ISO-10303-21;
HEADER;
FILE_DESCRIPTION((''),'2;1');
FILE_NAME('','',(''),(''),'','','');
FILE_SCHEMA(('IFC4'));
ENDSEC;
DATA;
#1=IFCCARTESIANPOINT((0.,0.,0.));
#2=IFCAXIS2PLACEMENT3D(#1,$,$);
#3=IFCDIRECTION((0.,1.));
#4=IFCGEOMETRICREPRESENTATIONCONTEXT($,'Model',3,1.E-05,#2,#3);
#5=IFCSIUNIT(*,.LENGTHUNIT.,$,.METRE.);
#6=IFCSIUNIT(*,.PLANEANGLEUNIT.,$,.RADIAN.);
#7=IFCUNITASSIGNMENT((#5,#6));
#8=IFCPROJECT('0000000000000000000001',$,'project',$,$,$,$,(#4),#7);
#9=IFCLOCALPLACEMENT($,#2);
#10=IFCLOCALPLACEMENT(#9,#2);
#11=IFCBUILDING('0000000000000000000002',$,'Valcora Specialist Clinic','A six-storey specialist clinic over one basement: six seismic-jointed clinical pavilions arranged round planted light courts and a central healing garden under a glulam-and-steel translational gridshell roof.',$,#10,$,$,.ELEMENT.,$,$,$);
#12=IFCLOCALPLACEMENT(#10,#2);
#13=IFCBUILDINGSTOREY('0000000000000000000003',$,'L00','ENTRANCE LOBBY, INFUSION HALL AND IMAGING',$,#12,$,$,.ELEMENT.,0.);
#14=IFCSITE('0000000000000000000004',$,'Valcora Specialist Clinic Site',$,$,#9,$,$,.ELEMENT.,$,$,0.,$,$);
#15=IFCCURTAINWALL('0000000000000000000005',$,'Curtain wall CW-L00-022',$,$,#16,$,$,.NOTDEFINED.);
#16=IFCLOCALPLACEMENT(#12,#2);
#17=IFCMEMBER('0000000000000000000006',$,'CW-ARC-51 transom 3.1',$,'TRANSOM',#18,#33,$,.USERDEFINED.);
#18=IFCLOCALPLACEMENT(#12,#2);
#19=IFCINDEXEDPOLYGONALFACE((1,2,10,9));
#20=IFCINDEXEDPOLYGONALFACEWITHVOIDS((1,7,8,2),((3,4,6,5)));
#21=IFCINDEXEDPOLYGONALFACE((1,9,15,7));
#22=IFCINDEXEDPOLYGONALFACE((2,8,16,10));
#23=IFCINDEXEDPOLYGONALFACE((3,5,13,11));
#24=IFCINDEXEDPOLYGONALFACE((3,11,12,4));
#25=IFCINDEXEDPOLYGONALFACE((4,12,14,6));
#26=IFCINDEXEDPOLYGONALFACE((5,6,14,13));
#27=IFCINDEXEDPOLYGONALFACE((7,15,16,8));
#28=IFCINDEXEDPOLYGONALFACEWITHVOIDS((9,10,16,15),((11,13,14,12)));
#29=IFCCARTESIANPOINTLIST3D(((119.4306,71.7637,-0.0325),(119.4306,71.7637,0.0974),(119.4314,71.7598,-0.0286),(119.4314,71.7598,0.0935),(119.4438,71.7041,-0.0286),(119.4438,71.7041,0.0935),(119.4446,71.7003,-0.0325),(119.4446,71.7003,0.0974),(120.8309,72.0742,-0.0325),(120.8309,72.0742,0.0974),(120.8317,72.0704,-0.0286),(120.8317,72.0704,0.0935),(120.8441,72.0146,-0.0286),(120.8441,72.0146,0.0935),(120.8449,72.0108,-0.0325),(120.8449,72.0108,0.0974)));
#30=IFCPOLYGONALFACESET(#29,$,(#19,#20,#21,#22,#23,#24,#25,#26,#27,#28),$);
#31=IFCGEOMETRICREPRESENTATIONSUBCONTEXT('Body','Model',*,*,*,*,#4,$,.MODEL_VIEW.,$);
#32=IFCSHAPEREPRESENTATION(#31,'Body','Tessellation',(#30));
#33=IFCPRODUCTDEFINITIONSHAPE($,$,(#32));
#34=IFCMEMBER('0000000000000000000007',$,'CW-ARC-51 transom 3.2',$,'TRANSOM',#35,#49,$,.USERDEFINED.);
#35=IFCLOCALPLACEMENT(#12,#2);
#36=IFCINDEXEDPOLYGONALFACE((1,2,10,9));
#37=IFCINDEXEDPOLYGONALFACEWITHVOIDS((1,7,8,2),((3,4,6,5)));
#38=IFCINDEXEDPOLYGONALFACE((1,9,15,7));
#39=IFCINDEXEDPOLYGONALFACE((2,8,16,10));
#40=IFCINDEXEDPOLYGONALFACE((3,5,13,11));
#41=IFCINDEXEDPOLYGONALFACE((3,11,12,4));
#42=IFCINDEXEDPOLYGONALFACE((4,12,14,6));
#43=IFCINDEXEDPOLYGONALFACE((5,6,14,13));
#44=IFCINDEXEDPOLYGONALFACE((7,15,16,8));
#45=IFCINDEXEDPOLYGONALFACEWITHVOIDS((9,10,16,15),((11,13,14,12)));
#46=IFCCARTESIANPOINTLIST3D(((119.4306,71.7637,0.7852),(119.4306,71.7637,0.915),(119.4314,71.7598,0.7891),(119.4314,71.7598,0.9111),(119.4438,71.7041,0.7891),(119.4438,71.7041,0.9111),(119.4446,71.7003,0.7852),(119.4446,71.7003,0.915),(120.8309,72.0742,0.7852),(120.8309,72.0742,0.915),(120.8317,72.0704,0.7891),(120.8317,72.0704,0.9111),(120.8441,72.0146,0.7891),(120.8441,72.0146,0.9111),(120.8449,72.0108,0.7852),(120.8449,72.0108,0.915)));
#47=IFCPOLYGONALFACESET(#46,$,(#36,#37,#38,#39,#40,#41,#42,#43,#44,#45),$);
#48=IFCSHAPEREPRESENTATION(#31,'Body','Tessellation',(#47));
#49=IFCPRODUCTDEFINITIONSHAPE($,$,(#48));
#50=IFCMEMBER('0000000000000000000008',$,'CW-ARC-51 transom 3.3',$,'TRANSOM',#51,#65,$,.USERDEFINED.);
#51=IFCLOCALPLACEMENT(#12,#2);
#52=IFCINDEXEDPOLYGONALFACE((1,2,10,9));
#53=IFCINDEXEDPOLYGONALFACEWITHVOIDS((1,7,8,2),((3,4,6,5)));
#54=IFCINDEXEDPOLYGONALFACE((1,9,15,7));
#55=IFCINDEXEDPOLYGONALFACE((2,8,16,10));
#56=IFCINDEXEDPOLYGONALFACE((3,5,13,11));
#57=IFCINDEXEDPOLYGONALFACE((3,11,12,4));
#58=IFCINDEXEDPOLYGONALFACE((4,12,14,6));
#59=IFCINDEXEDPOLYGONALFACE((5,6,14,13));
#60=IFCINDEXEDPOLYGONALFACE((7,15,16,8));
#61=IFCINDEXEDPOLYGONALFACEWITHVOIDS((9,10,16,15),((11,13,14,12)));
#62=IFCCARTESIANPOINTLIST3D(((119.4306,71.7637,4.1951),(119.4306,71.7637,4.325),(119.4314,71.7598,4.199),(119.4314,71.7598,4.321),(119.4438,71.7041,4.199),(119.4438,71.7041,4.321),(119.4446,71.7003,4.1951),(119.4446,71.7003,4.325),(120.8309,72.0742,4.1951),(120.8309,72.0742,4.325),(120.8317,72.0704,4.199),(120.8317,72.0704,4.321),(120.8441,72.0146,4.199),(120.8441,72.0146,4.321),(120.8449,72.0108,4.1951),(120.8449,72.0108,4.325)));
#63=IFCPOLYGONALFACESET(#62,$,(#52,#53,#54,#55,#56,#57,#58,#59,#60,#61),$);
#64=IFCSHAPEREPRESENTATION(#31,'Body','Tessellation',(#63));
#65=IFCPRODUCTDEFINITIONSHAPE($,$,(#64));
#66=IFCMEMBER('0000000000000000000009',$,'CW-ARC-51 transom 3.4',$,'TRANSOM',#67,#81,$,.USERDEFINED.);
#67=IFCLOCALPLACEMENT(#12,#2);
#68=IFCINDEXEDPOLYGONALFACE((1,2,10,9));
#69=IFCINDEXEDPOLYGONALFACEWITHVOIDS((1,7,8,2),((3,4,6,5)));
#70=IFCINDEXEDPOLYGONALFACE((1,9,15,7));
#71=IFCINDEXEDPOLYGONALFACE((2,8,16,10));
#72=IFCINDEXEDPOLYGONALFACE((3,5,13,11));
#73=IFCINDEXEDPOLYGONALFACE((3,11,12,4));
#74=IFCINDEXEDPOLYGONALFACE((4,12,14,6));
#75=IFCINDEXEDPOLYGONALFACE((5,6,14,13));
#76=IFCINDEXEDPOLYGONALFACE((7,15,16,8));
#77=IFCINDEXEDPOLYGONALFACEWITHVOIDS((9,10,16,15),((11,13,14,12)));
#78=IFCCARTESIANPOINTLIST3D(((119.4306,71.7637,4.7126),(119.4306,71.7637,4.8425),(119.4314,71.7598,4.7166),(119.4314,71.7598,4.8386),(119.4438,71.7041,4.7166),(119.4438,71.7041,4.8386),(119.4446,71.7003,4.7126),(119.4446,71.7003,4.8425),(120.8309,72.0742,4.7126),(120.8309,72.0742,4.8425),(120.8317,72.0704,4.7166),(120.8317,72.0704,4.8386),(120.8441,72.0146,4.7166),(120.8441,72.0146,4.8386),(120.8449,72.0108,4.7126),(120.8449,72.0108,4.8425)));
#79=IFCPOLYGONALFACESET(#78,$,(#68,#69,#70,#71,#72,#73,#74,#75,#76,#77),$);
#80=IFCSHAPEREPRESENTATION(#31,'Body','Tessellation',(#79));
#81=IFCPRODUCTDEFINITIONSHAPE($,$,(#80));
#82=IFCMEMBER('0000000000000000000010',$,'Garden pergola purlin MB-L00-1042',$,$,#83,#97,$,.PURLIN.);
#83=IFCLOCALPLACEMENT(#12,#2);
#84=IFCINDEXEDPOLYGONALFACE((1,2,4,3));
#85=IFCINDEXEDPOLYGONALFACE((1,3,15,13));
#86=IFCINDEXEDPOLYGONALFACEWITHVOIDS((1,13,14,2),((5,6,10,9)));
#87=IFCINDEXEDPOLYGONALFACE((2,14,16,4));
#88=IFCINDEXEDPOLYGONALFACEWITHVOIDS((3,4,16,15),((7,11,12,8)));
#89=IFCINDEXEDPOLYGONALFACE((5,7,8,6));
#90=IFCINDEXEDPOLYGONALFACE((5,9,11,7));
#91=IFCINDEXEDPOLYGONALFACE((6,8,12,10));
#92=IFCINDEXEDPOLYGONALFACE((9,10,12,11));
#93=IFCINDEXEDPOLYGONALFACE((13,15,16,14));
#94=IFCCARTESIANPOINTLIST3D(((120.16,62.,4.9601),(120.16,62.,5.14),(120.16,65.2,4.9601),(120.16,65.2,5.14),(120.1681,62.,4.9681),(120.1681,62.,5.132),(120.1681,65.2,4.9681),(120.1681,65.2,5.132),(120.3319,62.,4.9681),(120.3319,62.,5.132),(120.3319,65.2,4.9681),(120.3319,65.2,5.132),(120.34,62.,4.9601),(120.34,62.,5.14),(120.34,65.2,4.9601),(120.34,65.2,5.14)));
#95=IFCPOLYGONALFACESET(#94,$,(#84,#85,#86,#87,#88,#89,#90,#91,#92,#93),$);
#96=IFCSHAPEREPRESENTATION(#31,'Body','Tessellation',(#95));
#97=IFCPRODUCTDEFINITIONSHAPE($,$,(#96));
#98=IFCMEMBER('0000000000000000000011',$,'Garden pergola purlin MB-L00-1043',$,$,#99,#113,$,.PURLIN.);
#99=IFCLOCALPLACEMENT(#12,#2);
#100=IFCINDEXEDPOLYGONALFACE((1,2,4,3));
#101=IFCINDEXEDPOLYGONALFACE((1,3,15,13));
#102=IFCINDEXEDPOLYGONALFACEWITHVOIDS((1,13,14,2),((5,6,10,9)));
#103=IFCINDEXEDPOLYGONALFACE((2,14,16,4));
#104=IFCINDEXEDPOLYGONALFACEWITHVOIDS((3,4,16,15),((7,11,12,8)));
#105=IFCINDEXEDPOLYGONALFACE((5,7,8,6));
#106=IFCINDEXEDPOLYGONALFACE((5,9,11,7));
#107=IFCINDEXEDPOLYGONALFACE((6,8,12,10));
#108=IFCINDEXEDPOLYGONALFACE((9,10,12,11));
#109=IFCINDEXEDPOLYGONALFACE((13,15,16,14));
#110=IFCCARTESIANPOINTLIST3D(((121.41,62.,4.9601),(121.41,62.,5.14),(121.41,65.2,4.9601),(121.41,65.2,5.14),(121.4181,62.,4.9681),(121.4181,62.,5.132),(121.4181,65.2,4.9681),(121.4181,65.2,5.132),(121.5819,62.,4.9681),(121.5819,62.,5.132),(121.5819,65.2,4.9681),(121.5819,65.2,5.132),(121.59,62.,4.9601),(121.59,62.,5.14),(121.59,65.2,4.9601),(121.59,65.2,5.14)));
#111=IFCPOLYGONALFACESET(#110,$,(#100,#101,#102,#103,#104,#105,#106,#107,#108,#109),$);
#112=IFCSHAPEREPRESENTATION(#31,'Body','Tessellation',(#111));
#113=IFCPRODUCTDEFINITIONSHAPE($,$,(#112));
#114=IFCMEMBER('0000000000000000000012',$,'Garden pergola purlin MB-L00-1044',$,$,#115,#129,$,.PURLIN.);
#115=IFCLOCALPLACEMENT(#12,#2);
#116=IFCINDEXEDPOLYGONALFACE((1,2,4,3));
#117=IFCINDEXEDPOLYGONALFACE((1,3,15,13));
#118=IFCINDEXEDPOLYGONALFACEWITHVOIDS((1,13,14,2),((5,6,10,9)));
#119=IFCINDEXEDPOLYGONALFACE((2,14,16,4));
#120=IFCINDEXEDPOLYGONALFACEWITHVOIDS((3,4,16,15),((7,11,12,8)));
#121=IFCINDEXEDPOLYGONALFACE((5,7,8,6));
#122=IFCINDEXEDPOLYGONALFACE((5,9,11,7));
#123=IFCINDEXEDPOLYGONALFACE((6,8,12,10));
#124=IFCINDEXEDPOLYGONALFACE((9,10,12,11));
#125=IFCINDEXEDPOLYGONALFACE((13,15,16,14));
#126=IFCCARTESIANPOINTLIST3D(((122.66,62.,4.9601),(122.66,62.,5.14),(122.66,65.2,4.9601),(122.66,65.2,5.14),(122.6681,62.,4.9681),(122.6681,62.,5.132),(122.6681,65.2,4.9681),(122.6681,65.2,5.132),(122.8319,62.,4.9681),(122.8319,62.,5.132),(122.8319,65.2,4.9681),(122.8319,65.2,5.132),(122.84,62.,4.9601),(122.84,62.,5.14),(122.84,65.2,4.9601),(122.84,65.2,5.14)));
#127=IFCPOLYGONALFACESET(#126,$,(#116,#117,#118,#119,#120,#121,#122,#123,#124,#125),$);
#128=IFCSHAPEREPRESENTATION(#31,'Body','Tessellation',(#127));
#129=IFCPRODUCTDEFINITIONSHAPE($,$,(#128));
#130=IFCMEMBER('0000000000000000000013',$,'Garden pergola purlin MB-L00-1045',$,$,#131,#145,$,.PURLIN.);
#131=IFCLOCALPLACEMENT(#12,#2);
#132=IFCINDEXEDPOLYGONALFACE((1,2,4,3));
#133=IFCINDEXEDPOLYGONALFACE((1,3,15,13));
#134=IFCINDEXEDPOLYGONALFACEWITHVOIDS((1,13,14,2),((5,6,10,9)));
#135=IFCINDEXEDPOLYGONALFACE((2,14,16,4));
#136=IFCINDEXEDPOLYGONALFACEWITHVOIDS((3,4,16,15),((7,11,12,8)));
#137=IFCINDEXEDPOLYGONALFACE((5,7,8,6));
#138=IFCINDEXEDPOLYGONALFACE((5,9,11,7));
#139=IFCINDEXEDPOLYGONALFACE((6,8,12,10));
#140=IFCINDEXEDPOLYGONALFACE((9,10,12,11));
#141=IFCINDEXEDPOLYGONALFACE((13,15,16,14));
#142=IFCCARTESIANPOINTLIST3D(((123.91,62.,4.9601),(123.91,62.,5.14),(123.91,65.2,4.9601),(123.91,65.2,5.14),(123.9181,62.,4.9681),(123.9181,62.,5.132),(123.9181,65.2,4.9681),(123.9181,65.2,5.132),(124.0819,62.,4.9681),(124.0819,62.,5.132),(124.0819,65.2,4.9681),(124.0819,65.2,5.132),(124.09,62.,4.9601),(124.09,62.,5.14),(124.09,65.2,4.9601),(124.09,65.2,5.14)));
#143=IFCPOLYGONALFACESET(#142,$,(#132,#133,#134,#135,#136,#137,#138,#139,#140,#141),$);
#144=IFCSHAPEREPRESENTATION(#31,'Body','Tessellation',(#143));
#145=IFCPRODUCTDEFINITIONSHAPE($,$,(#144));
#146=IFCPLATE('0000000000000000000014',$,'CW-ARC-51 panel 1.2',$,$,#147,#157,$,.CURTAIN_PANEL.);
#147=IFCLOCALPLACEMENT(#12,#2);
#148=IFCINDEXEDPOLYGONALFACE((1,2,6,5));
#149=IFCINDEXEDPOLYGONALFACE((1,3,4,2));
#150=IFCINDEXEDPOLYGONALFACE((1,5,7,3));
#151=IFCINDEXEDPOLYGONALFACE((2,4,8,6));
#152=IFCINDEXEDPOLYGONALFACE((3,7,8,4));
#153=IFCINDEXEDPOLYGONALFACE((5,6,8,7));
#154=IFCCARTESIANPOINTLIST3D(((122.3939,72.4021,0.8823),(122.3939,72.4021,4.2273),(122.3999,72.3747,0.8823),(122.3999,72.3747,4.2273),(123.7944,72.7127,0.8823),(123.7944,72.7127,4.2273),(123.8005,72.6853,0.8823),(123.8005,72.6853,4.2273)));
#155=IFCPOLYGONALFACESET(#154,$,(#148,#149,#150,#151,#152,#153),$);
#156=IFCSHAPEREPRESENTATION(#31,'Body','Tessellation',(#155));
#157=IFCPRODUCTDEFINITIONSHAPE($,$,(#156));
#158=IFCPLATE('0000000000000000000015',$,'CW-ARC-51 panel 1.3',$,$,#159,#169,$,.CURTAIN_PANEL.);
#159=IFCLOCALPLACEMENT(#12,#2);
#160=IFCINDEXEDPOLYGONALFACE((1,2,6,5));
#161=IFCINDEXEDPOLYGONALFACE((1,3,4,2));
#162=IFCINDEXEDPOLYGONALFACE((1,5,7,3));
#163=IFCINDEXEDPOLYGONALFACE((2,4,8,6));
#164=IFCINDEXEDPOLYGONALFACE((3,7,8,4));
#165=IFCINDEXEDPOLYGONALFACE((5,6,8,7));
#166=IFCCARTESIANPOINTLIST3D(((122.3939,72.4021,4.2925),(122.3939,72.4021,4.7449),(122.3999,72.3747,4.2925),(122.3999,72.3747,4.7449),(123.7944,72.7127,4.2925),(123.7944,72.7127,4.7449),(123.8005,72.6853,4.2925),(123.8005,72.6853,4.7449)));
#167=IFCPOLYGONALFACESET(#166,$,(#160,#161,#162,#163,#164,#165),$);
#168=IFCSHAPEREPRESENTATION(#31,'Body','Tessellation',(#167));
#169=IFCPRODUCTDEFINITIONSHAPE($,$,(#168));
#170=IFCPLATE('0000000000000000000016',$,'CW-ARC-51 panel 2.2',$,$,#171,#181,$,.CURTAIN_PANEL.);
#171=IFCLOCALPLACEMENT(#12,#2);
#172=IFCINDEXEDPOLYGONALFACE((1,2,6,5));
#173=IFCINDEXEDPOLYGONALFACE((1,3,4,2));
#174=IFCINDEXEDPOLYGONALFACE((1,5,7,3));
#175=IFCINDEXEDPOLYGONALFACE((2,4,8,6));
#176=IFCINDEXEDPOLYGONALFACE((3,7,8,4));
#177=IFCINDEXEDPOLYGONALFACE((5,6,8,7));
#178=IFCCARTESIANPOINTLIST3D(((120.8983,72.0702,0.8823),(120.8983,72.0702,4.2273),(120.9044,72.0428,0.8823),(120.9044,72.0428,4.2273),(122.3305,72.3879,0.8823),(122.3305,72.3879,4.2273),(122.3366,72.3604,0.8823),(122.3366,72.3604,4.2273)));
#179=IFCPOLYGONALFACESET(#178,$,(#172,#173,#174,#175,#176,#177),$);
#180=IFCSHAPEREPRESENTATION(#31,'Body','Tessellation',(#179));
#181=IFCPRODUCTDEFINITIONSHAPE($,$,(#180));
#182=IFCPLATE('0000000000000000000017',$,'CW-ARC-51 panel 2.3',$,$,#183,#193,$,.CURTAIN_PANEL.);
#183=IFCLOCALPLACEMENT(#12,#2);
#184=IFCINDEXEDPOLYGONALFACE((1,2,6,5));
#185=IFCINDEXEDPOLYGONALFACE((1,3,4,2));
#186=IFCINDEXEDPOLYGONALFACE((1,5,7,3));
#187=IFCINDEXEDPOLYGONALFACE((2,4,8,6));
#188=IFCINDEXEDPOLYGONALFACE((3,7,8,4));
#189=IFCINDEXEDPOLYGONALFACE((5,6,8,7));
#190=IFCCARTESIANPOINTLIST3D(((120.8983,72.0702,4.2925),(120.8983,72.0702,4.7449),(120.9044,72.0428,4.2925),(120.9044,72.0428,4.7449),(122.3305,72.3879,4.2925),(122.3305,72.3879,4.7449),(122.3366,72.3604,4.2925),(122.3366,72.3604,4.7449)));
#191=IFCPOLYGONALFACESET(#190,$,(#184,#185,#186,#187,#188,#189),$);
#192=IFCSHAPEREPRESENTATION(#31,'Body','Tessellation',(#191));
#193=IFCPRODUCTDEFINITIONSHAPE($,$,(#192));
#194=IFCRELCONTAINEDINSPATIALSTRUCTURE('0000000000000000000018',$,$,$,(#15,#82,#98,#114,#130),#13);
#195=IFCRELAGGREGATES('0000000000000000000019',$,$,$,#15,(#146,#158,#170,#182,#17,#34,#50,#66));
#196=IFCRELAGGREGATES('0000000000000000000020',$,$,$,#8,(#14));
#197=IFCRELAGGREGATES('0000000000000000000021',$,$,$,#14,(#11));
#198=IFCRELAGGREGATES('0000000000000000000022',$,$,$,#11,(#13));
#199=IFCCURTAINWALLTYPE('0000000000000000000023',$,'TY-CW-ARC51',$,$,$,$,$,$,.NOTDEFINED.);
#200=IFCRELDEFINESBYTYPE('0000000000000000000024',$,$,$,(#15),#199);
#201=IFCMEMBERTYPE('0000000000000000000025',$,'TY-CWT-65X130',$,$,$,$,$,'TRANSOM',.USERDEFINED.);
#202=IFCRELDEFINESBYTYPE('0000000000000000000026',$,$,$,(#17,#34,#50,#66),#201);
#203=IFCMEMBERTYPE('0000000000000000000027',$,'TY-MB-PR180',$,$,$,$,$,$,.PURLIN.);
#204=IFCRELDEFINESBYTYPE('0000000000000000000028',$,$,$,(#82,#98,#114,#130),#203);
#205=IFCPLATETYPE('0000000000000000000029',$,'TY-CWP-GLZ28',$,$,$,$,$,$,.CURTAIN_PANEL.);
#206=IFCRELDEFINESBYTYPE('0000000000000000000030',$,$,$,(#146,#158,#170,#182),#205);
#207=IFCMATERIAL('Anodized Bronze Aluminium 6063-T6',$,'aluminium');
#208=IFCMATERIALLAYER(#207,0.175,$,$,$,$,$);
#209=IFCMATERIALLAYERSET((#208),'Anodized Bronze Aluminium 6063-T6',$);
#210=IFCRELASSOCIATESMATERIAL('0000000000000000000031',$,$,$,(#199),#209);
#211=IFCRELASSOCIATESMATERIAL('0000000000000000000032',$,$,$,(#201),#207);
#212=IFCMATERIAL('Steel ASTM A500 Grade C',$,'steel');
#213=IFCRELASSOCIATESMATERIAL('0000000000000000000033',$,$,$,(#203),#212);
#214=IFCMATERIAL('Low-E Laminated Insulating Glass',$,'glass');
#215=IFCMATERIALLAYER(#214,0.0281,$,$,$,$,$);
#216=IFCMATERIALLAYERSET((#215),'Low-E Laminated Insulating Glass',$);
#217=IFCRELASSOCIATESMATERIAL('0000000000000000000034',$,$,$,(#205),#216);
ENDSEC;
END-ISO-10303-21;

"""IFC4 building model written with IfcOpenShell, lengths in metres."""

from ifc_helpers import new_model, si_unit, direction, frame, origin, origin_2d, place, context, subcontext, project, spatial, rectangle, hollow_rectangle, extrude, material, layer, layer_set, material_profile, profile_set, type_object, element, aggregate, save


model = new_model("IFC4")

# Units and contexts
model_context = context("Model", 3, precision=1e-05, world=origin(), true_north=direction((0.0, 1.0)))
body_context = subcontext(model_context, "Body", "Model", "MODEL_VIEW")
ifc_project = project(units=[si_unit("LENGTHUNIT", "METRE"), si_unit("PLANEANGLEUNIT", "RADIAN")], contexts=[model_context])

# Site, building, storey
site_placement = place(None, origin())
site = spatial("IfcSite", under=ifc_project, at=site_placement, Name="Valcora Specialist Clinic Site", CompositionType="ELEMENT", RefElevation=0.0)
building_placement = place(site_placement, origin())
building = spatial("IfcBuilding", under=site, at=building_placement, Name="Valcora Specialist Clinic", Description="A six-storey specialist clinic over one basement: six seismic-jointed clinical pavilions arranged round planted light courts and a central healing garden under a glulam-and-steel translational gridshell roof.", CompositionType="ELEMENT")
storey_placement = place(building_placement, origin())
storey = spatial("IfcBuildingStorey", under=building, at=storey_placement, Name="L00", Description="ENTRANCE LOBBY, INFUSION HALL AND IMAGING", CompositionType="ELEMENT", Elevation=0.0)

# Curtain wall, members
ifc_material_1 = material(Name="Anodized Bronze Aluminium 6063-T6", Category="aluminium")
ifc_layer_1 = layer(ifc_material_1, 0.175)
ifc_layer_set_1 = layer_set([ifc_layer_1], Name="Anodized Bronze Aluminium 6063-T6")
curtain_wall_type = type_object("IfcCurtainWallType", Name="TY-CW-ARC51", PredefinedType="NOTDEFINED", material=ifc_layer_set_1)
curtain_wall_placement = place(storey_placement, origin())
curtain_wall = element("IfcCurtainWall", 1, at=curtain_wall_placement, inside=storey, type_object=curtain_wall_type, Name="Curtain wall CW-L00-022", PredefinedType="NOTDEFINED")
ifc_material_profile_1 = material_profile(ifc_material_1, hollow_rectangle(XDim=0.0649, YDim=0.1299, WallThickness=0.0039, at=origin_2d()), Name="AL-TRN-65X130")
ifc_profile_set_1 = profile_set([ifc_material_profile_1], Name="Anodized Bronze Aluminium 6063-T6")
member_type_1 = type_object("IfcMemberType", Name="TY-CWT-65X130", ElementType="TRANSOM", PredefinedType="USERDEFINED", material=ifc_profile_set_1)
member_1_placement = place(storey_placement, frame((120.8379, 72.0425, 0.0325), z_axis=(-0.976283, -0.216498, 0.0), x_axis=(0.216498, -0.976283, 0.0)))
member_1 = element("IfcMember", 2, at=member_1_placement, type_object=member_type_1, Name="CW-ARC-51 transom 3.1", ObjectType="TRANSOM", PredefinedType="USERDEFINED", context=body_context, shape_type="SweptSolid", body=[
    extrude(hollow_rectangle(XDim=0.0649, YDim=0.1299, WallThickness=0.0039, at=origin_2d()), origin(), (0.0, 0.0, 1.0), 1.4343),
])
member_2_placement = place(storey_placement, frame((120.8379, 72.0425, 0.8501), z_axis=(-0.976283, -0.216498, 0.0), x_axis=(0.216498, -0.976283, 0.0)))
member_2 = element("IfcMember", 3, at=member_2_placement, type_object=member_type_1, Name="CW-ARC-51 transom 3.2", ObjectType="TRANSOM", PredefinedType="USERDEFINED", context=body_context, shape_type="SweptSolid", body=[
    extrude(hollow_rectangle(XDim=0.0649, YDim=0.1299, WallThickness=0.0039, at=origin_2d()), origin(), (0.0, 0.0, 1.0), 1.4343),
])
member_3_placement = place(storey_placement, frame((120.8379, 72.0425, 4.26), z_axis=(-0.976283, -0.216498, 0.0), x_axis=(0.216498, -0.976283, 0.0)))
member_3 = element("IfcMember", 4, at=member_3_placement, type_object=member_type_1, Name="CW-ARC-51 transom 3.3", ObjectType="TRANSOM", PredefinedType="USERDEFINED", context=body_context, shape_type="SweptSolid", body=[
    extrude(hollow_rectangle(XDim=0.0649, YDim=0.1299, WallThickness=0.0039, at=origin_2d()), origin(), (0.0, 0.0, 1.0), 1.4343),
])
member_4_placement = place(storey_placement, frame((120.8379, 72.0425, 4.7776), z_axis=(-0.976283, -0.216498, 0.0), x_axis=(0.216498, -0.976283, 0.0)))
member_4 = element("IfcMember", 5, at=member_4_placement, type_object=member_type_1, Name="CW-ARC-51 transom 3.4", ObjectType="TRANSOM", PredefinedType="USERDEFINED", context=body_context, shape_type="SweptSolid", body=[
    extrude(hollow_rectangle(XDim=0.0649, YDim=0.1299, WallThickness=0.0039, at=origin_2d()), origin(), (0.0, 0.0, 1.0), 1.4343),
])

# Members
ifc_material_2 = material(Name="Steel ASTM A500 Grade C", Category="steel")
ifc_material_profile_2 = material_profile(ifc_material_2, hollow_rectangle(XDim=0.1799, YDim=0.1799, WallThickness=0.0081, at=origin_2d()), Name="ST-RHS-180X180X8")
ifc_profile_set_2 = profile_set([ifc_material_profile_2], Name="Steel ASTM A500 Grade C")
member_type_2 = type_object("IfcMemberType", Name="TY-MB-PR180", PredefinedType="PURLIN", material=ifc_profile_set_2)
for number, where, z_axis, x_axis, name in (
    (6, (120.25, 62.0, 5.05), (0.0, 1.0, 0.0), (-1.0, 0.0, 0.0), "Garden pergola purlin MB-L00-1042"),
    (7, (121.5, 62.0, 5.05), (0.0, 1.0, 0.0), (-1.0, 0.0, 0.0), "Garden pergola purlin MB-L00-1043"),
    (8, (122.75, 62.0, 5.05), (0.0, 1.0, 0.0), (-1.0, 0.0, 0.0), "Garden pergola purlin MB-L00-1044"),
    (9, (124.0, 62.0, 5.05), (0.0, 1.0, 0.0), (-1.0, 0.0, 0.0), "Garden pergola purlin MB-L00-1045"),
):
    element("IfcMember", number, at=place(storey_placement, frame(where, z_axis=z_axis, x_axis=x_axis)), inside=storey, type_object=member_type_2, Name=name, PredefinedType="PURLIN", context=body_context, shape_type="SweptSolid", body=[
        extrude(hollow_rectangle(XDim=0.1799, YDim=0.1799, WallThickness=0.0081, at=origin_2d()), origin(), (0.0, 0.0, 1.0), 3.2),
    ])

# Plates
ifc_material_3 = material(Name="Low-E Laminated Insulating Glass", Category="glass")
ifc_layer_2 = layer(ifc_material_3, 0.0281)
ifc_layer_set_2 = layer_set([ifc_layer_2], Name="Low-E Laminated Insulating Glass")
plate_type_1 = type_object("IfcPlateType", Name="TY-CWP-GLZ28", PredefinedType="CURTAIN_PANEL", material=ifc_layer_set_2)
plate_1_placement = place(storey_placement, frame((123.0972, 72.5437, 0.8823), z_axis=(0.0, 0.0, 1.0), x_axis=(-0.976279, -0.216518, 0.0)))
plate_1 = element("IfcPlate", 10, at=plate_1_placement, type_object=plate_type_1, Name="CW-ARC-51 panel 1.2", PredefinedType="CURTAIN_PANEL", context=body_context, shape_type="SweptSolid", body=[
    extrude(rectangle(XDim=1.4346, YDim=0.0281, at=origin_2d()), origin(), (0.0, 0.0, 1.0), 3.345),
])
plate_2_placement = place(storey_placement, frame((123.0972, 72.5437, 4.2925), z_axis=(0.0, 0.0, 1.0), x_axis=(-0.976279, -0.216518, 0.0)))
plate_2 = element("IfcPlate", 11, at=plate_2_placement, type_object=plate_type_1, Name="CW-ARC-51 panel 1.3", PredefinedType="CURTAIN_PANEL", context=body_context, shape_type="SweptSolid", body=[
    extrude(rectangle(XDim=1.4346, YDim=0.0281, at=origin_2d()), origin(), (0.0, 0.0, 1.0), 0.4524),
])
plate_3_placement = place(storey_placement, frame((121.6174, 72.2153, 0.8823), z_axis=(0.0, 0.0, 1.0), x_axis=(-0.976279, -0.216518, 0.0)))
plate_3 = element("IfcPlate", 12, at=plate_3_placement, type_object=plate_type_1, Name="CW-ARC-51 panel 2.2", PredefinedType="CURTAIN_PANEL", context=body_context, shape_type="SweptSolid", body=[
    extrude(rectangle(XDim=1.467, YDim=0.0281, at=origin_2d()), origin(), (0.0, 0.0, 1.0), 3.345),
])
plate_4_placement = place(storey_placement, frame((121.6174, 72.2153, 4.2925), z_axis=(0.0, 0.0, 1.0), x_axis=(-0.976279, -0.216518, 0.0)))
plate_4 = element("IfcPlate", 13, at=plate_4_placement, type_object=plate_type_1, Name="CW-ARC-51 panel 2.3", PredefinedType="CURTAIN_PANEL", context=body_context, shape_type="SweptSolid", body=[
    extrude(rectangle(XDim=1.467, YDim=0.0281, at=origin_2d()), origin(), (0.0, 0.0, 1.0), 0.4524),
])
aggregate(curtain_wall, [plate_1, plate_2, plate_3, plate_4, member_1, member_2, member_3, member_4])

save(model, "model.ifc")
